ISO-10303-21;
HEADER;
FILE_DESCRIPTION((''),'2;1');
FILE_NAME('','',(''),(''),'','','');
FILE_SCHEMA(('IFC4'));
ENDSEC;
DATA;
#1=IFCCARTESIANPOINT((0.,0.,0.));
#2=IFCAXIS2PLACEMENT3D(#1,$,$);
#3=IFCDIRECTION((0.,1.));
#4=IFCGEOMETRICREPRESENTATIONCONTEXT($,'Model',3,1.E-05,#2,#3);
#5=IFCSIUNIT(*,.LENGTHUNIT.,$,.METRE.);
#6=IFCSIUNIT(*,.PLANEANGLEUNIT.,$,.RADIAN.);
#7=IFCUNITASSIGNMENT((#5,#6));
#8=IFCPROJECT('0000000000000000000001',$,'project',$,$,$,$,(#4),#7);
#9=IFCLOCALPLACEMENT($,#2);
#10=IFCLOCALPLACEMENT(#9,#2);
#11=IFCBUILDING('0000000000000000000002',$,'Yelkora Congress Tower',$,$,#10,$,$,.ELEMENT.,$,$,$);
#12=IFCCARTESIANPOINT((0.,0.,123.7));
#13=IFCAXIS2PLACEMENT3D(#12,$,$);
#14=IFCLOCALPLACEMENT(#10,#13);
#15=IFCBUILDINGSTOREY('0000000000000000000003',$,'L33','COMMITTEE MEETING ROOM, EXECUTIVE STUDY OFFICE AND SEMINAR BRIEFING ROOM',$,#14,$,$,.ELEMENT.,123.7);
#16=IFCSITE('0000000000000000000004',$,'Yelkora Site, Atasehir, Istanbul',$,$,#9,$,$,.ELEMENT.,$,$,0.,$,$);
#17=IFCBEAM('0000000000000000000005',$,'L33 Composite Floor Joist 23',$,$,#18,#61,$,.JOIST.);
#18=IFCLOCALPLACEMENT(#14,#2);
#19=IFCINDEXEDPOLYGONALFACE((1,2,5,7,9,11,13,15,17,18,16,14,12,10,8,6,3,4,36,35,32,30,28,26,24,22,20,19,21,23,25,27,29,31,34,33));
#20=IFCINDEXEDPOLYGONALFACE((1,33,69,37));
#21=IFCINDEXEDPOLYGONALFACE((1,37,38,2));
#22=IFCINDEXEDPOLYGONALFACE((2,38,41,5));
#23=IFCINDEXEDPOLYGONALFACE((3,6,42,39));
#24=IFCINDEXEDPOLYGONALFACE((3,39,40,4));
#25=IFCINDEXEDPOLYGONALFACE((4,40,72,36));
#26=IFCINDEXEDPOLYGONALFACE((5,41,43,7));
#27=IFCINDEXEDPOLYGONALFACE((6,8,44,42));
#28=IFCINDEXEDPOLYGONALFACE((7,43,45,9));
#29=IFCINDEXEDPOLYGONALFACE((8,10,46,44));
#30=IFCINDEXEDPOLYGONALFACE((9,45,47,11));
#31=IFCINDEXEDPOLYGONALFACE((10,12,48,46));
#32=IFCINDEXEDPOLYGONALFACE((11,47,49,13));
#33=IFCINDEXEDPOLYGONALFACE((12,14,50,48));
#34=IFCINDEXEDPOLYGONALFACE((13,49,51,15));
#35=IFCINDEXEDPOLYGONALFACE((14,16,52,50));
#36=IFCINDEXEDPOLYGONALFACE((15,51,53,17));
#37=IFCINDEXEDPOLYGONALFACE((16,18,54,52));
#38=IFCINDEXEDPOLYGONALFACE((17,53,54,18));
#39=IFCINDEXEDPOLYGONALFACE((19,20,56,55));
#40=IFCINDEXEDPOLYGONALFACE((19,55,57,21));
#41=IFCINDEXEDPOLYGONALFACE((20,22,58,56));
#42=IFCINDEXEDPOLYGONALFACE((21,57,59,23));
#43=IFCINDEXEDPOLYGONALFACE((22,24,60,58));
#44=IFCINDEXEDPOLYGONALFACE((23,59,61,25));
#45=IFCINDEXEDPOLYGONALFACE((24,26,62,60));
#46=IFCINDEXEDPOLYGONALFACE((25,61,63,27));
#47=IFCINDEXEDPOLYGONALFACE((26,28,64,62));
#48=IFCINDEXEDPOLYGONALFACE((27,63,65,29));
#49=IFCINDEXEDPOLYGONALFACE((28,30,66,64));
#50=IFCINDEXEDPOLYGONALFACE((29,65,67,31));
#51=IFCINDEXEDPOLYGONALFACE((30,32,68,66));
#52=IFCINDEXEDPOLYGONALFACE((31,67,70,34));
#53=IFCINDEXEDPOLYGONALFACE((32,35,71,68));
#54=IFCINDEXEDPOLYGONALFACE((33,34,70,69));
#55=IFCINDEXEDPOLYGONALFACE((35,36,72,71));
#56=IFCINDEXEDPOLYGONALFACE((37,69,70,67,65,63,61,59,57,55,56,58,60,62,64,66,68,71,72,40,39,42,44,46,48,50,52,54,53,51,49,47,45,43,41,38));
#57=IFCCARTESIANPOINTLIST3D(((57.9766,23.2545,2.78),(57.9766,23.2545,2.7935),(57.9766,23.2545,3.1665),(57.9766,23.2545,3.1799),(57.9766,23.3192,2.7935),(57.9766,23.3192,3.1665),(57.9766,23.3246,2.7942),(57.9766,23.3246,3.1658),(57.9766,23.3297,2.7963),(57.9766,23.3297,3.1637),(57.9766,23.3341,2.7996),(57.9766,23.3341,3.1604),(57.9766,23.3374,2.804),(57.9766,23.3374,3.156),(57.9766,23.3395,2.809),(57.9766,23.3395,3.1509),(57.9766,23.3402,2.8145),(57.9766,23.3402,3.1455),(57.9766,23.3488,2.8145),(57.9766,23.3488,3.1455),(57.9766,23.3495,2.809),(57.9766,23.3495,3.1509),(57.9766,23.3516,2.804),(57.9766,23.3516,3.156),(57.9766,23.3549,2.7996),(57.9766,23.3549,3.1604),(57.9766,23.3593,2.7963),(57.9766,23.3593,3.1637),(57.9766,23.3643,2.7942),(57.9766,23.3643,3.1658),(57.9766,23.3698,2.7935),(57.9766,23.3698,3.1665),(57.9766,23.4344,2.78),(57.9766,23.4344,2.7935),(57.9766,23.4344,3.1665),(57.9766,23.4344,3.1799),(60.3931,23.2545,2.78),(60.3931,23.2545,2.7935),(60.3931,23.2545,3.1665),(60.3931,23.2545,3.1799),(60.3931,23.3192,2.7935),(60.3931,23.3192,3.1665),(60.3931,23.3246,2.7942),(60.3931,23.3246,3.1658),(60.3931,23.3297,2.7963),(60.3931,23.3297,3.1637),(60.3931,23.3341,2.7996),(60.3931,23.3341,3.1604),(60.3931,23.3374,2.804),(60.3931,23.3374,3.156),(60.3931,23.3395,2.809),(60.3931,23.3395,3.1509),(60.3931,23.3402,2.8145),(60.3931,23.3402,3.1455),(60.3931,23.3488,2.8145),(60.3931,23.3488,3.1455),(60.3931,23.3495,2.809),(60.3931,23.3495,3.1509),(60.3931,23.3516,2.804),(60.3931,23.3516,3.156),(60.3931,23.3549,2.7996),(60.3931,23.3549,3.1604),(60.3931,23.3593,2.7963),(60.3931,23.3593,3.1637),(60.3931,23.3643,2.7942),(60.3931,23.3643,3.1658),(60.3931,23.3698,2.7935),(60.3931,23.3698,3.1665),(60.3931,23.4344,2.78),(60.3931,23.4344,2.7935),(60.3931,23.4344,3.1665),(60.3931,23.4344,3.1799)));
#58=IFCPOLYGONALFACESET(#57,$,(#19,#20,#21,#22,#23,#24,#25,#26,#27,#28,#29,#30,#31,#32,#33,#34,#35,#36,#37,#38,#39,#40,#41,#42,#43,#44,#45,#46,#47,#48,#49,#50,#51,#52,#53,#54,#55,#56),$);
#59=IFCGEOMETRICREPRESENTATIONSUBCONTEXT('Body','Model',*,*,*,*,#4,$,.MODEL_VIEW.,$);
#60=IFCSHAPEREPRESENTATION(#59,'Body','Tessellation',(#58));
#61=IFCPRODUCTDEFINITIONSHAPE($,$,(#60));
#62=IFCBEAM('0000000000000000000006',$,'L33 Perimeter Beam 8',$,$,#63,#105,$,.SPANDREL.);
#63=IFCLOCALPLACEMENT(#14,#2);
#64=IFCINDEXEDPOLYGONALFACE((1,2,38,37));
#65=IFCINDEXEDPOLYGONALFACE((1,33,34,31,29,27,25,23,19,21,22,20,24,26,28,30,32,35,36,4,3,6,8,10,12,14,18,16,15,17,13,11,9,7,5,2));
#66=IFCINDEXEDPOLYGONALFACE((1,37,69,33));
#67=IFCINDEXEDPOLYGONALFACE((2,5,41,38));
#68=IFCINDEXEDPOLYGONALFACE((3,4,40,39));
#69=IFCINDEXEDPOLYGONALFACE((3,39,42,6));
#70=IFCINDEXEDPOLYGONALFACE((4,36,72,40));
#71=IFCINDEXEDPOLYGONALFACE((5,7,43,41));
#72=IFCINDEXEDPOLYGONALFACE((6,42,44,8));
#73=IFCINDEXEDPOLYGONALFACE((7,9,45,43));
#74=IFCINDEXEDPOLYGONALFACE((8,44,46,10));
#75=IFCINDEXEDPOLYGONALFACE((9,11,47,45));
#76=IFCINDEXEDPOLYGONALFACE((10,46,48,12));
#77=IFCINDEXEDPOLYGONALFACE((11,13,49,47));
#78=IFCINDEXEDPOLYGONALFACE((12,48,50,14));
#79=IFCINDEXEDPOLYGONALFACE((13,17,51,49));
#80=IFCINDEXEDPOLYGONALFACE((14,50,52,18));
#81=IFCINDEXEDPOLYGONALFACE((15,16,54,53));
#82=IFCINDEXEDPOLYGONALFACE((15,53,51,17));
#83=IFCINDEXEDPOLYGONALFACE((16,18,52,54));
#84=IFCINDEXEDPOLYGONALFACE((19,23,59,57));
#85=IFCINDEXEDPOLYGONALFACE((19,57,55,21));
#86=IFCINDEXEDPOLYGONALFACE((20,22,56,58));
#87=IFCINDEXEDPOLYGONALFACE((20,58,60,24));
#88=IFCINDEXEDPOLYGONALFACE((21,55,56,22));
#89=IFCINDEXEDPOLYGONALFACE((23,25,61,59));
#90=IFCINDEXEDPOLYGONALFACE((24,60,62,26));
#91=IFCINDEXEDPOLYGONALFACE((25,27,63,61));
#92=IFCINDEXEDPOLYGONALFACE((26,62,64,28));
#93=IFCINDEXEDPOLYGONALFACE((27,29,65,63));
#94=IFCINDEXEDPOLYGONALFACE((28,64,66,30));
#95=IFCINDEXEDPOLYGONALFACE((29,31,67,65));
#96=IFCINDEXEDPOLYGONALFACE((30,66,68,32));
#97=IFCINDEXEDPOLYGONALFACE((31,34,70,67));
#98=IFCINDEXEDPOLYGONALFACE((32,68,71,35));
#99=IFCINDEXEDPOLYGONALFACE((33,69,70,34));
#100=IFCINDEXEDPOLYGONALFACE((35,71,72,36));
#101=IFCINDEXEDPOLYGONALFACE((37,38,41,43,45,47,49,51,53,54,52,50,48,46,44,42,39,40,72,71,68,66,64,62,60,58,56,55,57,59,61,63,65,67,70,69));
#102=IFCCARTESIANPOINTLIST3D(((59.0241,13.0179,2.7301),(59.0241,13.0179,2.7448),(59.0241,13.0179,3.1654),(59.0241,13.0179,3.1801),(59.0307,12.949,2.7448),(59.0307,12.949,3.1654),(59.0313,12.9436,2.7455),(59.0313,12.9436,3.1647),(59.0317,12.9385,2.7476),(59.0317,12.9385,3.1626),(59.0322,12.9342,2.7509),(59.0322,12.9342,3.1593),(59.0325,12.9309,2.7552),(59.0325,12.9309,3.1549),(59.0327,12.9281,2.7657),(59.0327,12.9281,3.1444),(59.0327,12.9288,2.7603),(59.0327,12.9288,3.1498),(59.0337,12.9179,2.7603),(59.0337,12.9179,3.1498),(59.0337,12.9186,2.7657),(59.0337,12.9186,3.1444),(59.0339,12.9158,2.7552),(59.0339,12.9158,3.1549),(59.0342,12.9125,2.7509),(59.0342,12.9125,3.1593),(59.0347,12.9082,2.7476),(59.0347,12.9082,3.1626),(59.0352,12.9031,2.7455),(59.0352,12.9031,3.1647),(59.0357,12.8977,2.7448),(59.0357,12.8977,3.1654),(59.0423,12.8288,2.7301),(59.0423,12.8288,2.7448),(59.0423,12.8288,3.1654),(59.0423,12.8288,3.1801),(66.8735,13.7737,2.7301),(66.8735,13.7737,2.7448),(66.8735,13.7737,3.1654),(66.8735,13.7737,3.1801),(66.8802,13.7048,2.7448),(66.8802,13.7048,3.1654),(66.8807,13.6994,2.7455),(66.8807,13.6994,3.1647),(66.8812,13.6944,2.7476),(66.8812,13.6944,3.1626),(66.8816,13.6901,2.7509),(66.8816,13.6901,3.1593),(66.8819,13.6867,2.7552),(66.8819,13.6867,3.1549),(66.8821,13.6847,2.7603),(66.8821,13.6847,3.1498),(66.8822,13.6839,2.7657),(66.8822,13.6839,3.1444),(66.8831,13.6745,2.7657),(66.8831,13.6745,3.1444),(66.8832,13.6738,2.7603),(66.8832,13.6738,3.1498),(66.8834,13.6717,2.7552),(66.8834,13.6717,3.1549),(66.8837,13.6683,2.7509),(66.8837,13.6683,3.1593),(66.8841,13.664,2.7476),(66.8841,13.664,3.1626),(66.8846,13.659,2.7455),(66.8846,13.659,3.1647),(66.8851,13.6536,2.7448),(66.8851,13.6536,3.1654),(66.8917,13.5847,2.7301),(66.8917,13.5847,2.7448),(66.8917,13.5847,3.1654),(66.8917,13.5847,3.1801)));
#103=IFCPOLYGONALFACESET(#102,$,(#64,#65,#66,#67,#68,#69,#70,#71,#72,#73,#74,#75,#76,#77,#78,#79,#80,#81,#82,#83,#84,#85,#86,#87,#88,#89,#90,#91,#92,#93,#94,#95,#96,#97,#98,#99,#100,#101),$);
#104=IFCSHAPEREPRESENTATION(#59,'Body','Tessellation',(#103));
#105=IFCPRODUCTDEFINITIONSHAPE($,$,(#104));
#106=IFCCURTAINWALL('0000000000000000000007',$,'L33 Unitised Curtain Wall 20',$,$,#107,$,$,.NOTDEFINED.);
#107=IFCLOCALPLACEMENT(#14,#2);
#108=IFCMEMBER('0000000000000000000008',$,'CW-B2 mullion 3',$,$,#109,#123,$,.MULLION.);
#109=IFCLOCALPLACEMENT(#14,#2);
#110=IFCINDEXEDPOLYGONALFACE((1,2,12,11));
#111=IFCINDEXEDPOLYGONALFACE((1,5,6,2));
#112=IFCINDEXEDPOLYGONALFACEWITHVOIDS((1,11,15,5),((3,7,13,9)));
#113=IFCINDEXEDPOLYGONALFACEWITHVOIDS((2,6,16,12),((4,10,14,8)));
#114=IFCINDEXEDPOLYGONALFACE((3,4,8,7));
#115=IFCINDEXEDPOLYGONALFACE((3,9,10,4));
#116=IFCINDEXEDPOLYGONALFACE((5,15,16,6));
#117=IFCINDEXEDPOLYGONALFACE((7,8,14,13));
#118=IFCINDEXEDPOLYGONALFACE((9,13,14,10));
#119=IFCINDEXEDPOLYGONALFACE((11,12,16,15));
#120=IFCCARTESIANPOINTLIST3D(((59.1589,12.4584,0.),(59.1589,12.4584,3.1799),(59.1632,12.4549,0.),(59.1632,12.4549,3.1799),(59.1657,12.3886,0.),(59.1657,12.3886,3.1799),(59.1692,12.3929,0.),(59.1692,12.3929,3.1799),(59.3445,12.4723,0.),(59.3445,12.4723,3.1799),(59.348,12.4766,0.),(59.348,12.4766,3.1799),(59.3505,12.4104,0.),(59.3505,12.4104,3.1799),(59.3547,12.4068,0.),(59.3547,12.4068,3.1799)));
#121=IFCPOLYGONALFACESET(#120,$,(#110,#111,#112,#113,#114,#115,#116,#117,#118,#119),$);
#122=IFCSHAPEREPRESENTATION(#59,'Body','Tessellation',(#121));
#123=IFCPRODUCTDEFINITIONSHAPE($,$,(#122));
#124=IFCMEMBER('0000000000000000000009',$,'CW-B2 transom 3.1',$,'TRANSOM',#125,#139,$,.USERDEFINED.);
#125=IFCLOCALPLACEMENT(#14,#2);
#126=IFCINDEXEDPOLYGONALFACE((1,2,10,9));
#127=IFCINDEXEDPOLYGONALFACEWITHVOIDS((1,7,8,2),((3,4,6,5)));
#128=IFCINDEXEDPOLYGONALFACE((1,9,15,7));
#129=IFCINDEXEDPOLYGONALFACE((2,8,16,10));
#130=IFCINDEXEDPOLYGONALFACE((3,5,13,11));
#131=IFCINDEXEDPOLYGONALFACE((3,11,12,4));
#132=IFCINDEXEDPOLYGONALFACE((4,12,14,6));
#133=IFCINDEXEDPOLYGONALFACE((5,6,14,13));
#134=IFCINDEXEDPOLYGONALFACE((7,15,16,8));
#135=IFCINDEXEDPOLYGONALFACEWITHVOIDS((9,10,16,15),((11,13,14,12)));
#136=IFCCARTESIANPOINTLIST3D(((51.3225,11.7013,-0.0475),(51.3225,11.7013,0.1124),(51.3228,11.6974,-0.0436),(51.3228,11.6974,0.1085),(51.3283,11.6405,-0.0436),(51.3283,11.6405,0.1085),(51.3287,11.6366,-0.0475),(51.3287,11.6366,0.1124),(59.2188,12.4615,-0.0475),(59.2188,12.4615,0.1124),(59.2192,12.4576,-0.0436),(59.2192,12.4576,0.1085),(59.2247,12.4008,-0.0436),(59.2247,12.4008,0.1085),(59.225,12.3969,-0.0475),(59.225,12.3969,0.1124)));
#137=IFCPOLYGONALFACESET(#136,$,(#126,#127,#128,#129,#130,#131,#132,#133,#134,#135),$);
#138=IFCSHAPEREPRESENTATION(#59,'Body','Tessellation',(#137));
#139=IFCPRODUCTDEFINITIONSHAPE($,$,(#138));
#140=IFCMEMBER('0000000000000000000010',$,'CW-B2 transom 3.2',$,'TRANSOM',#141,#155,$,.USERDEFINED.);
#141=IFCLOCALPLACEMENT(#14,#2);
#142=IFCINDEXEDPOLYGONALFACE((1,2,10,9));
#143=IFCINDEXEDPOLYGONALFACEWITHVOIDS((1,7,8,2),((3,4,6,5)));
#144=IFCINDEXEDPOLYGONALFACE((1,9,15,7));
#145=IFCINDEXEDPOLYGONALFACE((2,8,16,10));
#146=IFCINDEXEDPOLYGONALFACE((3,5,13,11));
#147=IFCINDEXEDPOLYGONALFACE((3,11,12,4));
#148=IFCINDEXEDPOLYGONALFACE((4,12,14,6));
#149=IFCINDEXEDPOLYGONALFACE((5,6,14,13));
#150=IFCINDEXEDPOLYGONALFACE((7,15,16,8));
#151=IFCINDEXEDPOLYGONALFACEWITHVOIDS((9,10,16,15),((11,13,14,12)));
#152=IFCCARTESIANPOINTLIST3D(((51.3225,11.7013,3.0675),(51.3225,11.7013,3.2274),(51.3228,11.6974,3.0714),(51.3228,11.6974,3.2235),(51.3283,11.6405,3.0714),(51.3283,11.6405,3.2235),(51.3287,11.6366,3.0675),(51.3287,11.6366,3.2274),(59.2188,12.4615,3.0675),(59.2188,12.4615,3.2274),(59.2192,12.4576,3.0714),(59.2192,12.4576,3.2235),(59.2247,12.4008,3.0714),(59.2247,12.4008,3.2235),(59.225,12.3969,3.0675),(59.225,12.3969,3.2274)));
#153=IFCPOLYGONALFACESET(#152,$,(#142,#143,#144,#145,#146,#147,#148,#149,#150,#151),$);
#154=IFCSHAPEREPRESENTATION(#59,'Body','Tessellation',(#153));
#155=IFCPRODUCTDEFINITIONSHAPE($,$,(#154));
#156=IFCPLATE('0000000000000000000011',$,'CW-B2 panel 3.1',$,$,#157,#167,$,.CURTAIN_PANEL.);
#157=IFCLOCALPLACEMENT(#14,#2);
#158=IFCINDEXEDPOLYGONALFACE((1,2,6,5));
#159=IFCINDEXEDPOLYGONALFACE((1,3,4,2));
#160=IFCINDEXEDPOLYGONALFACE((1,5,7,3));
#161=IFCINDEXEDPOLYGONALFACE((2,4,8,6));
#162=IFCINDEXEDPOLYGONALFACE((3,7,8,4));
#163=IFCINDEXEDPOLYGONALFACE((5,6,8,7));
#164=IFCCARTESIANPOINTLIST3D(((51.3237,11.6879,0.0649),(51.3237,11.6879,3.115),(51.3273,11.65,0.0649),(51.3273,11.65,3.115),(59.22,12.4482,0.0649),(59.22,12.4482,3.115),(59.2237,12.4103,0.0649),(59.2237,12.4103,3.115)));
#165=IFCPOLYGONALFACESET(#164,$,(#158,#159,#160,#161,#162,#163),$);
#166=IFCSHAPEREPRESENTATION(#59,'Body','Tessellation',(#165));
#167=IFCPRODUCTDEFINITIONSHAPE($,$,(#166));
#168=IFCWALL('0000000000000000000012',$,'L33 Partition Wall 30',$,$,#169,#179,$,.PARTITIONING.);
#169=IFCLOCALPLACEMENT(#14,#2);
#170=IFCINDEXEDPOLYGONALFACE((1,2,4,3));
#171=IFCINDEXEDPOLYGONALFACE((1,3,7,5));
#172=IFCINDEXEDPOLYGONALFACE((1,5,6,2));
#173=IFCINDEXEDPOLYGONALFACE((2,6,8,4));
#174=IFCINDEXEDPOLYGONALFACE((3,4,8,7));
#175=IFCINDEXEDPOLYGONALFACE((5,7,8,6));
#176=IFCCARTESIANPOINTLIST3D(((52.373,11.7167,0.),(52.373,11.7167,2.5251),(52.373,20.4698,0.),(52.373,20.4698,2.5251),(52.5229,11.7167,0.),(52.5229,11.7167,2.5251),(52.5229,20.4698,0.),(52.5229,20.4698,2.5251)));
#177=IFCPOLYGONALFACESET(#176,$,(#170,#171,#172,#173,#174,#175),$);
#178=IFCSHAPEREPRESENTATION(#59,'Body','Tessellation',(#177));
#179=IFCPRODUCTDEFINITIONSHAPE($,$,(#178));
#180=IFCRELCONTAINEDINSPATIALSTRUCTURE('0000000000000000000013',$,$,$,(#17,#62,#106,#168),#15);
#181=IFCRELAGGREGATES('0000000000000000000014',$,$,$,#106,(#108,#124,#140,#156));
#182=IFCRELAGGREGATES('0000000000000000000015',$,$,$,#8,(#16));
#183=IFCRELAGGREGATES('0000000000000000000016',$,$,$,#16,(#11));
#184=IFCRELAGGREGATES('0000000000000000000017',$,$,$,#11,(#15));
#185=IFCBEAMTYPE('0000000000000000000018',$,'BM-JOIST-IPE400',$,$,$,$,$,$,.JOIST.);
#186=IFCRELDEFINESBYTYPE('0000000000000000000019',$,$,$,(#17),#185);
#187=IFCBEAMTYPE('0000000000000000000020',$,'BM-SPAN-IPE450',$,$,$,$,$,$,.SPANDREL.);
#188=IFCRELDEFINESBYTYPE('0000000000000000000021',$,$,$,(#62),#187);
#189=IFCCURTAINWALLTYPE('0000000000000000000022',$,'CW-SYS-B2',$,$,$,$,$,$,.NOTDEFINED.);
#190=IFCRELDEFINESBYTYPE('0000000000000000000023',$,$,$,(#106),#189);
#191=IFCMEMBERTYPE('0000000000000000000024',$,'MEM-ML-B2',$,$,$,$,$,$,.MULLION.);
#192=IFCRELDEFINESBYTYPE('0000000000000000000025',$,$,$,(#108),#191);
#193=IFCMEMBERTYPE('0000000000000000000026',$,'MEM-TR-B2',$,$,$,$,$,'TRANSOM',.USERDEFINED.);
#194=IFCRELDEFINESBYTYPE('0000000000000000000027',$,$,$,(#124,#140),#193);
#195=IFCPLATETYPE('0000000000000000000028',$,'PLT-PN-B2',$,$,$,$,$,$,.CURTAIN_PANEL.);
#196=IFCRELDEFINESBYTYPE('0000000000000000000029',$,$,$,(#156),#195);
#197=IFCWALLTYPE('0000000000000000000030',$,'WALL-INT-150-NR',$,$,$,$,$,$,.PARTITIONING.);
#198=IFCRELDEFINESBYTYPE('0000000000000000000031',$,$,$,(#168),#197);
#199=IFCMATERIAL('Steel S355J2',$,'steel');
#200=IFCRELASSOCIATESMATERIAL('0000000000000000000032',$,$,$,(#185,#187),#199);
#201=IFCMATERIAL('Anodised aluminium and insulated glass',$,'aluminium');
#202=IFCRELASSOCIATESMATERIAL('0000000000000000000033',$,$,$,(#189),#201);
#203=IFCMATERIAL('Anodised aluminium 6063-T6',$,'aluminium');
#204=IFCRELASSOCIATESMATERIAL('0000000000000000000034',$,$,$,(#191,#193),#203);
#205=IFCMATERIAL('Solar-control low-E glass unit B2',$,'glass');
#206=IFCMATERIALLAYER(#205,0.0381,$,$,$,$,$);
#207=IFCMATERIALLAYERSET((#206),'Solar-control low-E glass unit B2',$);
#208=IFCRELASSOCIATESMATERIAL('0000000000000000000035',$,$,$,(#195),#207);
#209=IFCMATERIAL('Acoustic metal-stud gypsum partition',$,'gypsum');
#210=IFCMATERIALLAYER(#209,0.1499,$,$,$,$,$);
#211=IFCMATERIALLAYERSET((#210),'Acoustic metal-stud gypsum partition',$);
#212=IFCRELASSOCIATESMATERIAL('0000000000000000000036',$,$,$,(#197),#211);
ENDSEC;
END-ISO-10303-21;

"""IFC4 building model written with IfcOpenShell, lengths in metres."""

from ifc_helpers import new_model, si_unit, direction, frame, frame_2d, origin, origin_2d, place, context, subcontext, project, spatial, rectangle, hollow_rectangle, i_section, extrude, material, layer, layer_set, material_profile, profile_set, type_object, element, aggregate, save


model = new_model("IFC4")

# Units and contexts
model_context = context("Model", 3, precision=1e-05, world=origin(), true_north=direction((0.0, 1.0)))
body_context = subcontext(model_context, "Body", "Model", "MODEL_VIEW")
ifc_project = project(units=[si_unit("LENGTHUNIT", "METRE"), si_unit("PLANEANGLEUNIT", "RADIAN")], contexts=[model_context])

# Site, building, storey
site_placement = place(None, origin())
site = spatial("IfcSite", under=ifc_project, at=site_placement, Name="Yelkora Site, Atasehir, Istanbul", CompositionType="ELEMENT", RefElevation=0.0)
building_placement = place(site_placement, origin())
building = spatial("IfcBuilding", under=site, at=building_placement, Name="Yelkora Congress Tower", CompositionType="ELEMENT")
storey_placement = place(building_placement, frame((0.0, 0.0, 123.7)))
storey = spatial("IfcBuildingStorey", under=building, at=storey_placement, Name="L33", Description="COMMITTEE MEETING ROOM, EXECUTIVE STUDY OFFICE AND SEMINAR BRIEFING ROOM", CompositionType="ELEMENT", Elevation=123.7)

# Beams
ifc_material_1 = material(Name="Steel S355J2", Category="steel")
ifc_material_profile_1 = material_profile(ifc_material_1, i_section(OverallWidth=0.1799, OverallDepth=0.3999, WebThickness=0.0085, FlangeThickness=0.0134, FilletRadius=0.021, at=origin_2d()), Name="IPE 400")
ifc_profile_set_1 = profile_set([ifc_material_profile_1], Name="Steel S355J2")
beam_type_1 = type_object("IfcBeamType", Name="BM-JOIST-IPE400", PredefinedType="JOIST", material=ifc_profile_set_1)
beam_1_placement = place(storey_placement, frame((57.9766, 23.3445, 2.98), z_axis=(1.0, 0.0, 0.0), x_axis=(0.0, 1.0, 0.0)))
element("IfcBeam", 1, at=beam_1_placement, inside=storey, type_object=beam_type_1, Name="L33 Composite Floor Joist 23", PredefinedType="JOIST", context=body_context, shape_type="SweptSolid", body=[
    extrude(i_section(OverallWidth=0.1799, OverallDepth=0.3999, WebThickness=0.0085, FlangeThickness=0.0134, FilletRadius=0.021, at=origin_2d()), origin(), (0.0, 0.0, 1.0), 2.4165),
])
ifc_material_profile_2 = material_profile(ifc_material_1, i_section(OverallWidth=0.1899, OverallDepth=0.45, WebThickness=0.0095, FlangeThickness=0.0146, FilletRadius=0.021, at=origin_2d()), Name="IPE 450")
ifc_profile_set_2 = profile_set([ifc_material_profile_2], Name="Steel S355J2")
beam_type_2 = type_object("IfcBeamType", Name="BM-SPAN-IPE450", PredefinedType="SPANDREL", material=ifc_profile_set_2)
beam_2_placement = place(storey_placement, frame((59.0332, 12.9233, 2.9551), z_axis=(0.995396, 0.095852, 0.0), x_axis=(-0.095852, 0.995396, 0.0)))
element("IfcBeam", 2, at=beam_2_placement, inside=storey, type_object=beam_type_2, Name="L33 Perimeter Beam 8", PredefinedType="SPANDREL", context=body_context, shape_type="SweptSolid", body=[
    extrude(i_section(OverallWidth=0.1899, OverallDepth=0.45, WebThickness=0.0095, FlangeThickness=0.0146, FilletRadius=0.021, at=origin_2d()), origin(), (0.0, 0.0, 1.0), 7.8857),
])

# Curtain wall, members, plate
ifc_material_2 = material(Name="Anodised aluminium and insulated glass", Category="aluminium")
curtain_wall_type = type_object("IfcCurtainWallType", Name="CW-SYS-B2", PredefinedType="NOTDEFINED", material=ifc_material_2)
curtain_wall_placement = place(storey_placement, origin())
curtain_wall = element("IfcCurtainWall", 3, at=curtain_wall_placement, inside=storey, type_object=curtain_wall_type, Name="L33 Unitised Curtain Wall 20", PredefinedType="NOTDEFINED")
ifc_material_3 = material(Name="Anodised aluminium 6063-T6", Category="aluminium")
ifc_material_profile_3 = material_profile(ifc_material_3, hollow_rectangle(XDim=0.0701, YDim=0.1899, WallThickness=0.0039, at=origin_2d()), Name="ALU 70x190x4")
ifc_profile_set_3 = profile_set([ifc_material_profile_3], Name="Anodised aluminium 6063-T6")
member_type_1 = type_object("IfcMemberType", Name="MEM-ML-B2", PredefinedType="MULLION", material=ifc_profile_set_3)
member_1_placement = place(storey_placement, frame((59.2568, 12.4326, 0.0), z_axis=(0.0, 0.0, 1.0), x_axis=(0.095844, -0.995396, 0.0)))
member_1 = element("IfcMember", 4, at=member_1_placement, type_object=member_type_1, Name="CW-B2 mullion 3", PredefinedType="MULLION", context=body_context, shape_type="SweptSolid", body=[
    extrude(hollow_rectangle(XDim=0.0701, YDim=0.1899, WallThickness=0.0039, at=origin_2d()), origin(), (0.0, 0.0, 1.0), 3.1799),
])
ifc_material_profile_4 = material_profile(ifc_material_3, hollow_rectangle(XDim=0.0649, YDim=0.1599, WallThickness=0.0039, at=origin_2d()), Name="ALU 65x160x4")
ifc_profile_set_4 = profile_set([ifc_material_profile_4], Name="Anodised aluminium 6063-T6")
member_type_2 = type_object("IfcMemberType", Name="MEM-TR-B2", ElementType="TRANSOM", PredefinedType="USERDEFINED", material=ifc_profile_set_4)
member_2_placement = place(storey_placement, frame((59.2219, 12.4292, 0.0325), z_axis=(-0.995397, -0.095837, 0.0), x_axis=(0.095837, -0.995397, 0.0)))
member_2 = element("IfcMember", 5, at=member_2_placement, type_object=member_type_2, Name="CW-B2 transom 3.1", ObjectType="TRANSOM", PredefinedType="USERDEFINED", context=body_context, shape_type="SweptSolid", body=[
    extrude(hollow_rectangle(XDim=0.0649, YDim=0.1599, WallThickness=0.0039, at=origin_2d()), origin(), (0.0, 0.0, 1.0), 7.9329),
])
member_3_placement = place(storey_placement, frame((59.2219, 12.4292, 3.1475), z_axis=(-0.995397, -0.095837, 0.0), x_axis=(0.095837, -0.995397, 0.0)))
member_3 = element("IfcMember", 6, at=member_3_placement, type_object=member_type_2, Name="CW-B2 transom 3.2", ObjectType="TRANSOM", PredefinedType="USERDEFINED", context=body_context, shape_type="SweptSolid", body=[
    extrude(hollow_rectangle(XDim=0.0649, YDim=0.1599, WallThickness=0.0039, at=origin_2d()), origin(), (0.0, 0.0, 1.0), 7.9329),
])
ifc_material_4 = material(Name="Solar-control low-E glass unit B2", Category="glass")
ifc_layer_1 = layer(ifc_material_4, 0.0381)
ifc_layer_set_1 = layer_set([ifc_layer_1], Name="Solar-control low-E glass unit B2")
plate_type = type_object("IfcPlateType", Name="PLT-PN-B2", PredefinedType="CURTAIN_PANEL", material=ifc_layer_set_1)
plate_placement = place(storey_placement, frame((55.2737, 12.0491, 0.0649), z_axis=(0.0, 0.0, 1.0), x_axis=(-0.995396, -0.095844, 0.0)))
plate = element("IfcPlate", 7, at=plate_placement, type_object=plate_type, Name="CW-B2 panel 3.1", PredefinedType="CURTAIN_PANEL", context=body_context, shape_type="SweptSolid", body=[
    extrude(rectangle(XDim=7.9329, YDim=0.0381, at=origin_2d()), origin(), (0.0, 0.0, 1.0), 3.05),
])
aggregate(curtain_wall, [member_1, member_2, member_3, plate])

# Wall
ifc_material_5 = material(Name="Acoustic metal-stud gypsum partition", Category="gypsum")
ifc_layer_2 = layer(ifc_material_5, 0.1499)
ifc_layer_set_2 = layer_set([ifc_layer_2], Name="Acoustic metal-stud gypsum partition")
wall_type = type_object("IfcWallType", Name="WALL-INT-150-NR", PredefinedType="PARTITIONING", material=ifc_layer_set_2)
wall_1_placement = place(storey_placement, frame((52.448, 11.7168, 0.0), z_axis=(0.0, 0.0, 1.0), x_axis=(0.0, 1.0, 0.0)))
element("IfcWall", 8, at=wall_1_placement, inside=storey, type_object=wall_type, Name="L33 Partition Wall 30", PredefinedType="PARTITIONING", context=body_context, shape_type="SweptSolid", body=[
    extrude(rectangle(XDim=8.7532, YDim=0.1499, at=frame_2d((4.3765, 0.0))), origin(), (0.0, 0.0, 1.0), 2.5251),
])

save(model, "model.ifc")
